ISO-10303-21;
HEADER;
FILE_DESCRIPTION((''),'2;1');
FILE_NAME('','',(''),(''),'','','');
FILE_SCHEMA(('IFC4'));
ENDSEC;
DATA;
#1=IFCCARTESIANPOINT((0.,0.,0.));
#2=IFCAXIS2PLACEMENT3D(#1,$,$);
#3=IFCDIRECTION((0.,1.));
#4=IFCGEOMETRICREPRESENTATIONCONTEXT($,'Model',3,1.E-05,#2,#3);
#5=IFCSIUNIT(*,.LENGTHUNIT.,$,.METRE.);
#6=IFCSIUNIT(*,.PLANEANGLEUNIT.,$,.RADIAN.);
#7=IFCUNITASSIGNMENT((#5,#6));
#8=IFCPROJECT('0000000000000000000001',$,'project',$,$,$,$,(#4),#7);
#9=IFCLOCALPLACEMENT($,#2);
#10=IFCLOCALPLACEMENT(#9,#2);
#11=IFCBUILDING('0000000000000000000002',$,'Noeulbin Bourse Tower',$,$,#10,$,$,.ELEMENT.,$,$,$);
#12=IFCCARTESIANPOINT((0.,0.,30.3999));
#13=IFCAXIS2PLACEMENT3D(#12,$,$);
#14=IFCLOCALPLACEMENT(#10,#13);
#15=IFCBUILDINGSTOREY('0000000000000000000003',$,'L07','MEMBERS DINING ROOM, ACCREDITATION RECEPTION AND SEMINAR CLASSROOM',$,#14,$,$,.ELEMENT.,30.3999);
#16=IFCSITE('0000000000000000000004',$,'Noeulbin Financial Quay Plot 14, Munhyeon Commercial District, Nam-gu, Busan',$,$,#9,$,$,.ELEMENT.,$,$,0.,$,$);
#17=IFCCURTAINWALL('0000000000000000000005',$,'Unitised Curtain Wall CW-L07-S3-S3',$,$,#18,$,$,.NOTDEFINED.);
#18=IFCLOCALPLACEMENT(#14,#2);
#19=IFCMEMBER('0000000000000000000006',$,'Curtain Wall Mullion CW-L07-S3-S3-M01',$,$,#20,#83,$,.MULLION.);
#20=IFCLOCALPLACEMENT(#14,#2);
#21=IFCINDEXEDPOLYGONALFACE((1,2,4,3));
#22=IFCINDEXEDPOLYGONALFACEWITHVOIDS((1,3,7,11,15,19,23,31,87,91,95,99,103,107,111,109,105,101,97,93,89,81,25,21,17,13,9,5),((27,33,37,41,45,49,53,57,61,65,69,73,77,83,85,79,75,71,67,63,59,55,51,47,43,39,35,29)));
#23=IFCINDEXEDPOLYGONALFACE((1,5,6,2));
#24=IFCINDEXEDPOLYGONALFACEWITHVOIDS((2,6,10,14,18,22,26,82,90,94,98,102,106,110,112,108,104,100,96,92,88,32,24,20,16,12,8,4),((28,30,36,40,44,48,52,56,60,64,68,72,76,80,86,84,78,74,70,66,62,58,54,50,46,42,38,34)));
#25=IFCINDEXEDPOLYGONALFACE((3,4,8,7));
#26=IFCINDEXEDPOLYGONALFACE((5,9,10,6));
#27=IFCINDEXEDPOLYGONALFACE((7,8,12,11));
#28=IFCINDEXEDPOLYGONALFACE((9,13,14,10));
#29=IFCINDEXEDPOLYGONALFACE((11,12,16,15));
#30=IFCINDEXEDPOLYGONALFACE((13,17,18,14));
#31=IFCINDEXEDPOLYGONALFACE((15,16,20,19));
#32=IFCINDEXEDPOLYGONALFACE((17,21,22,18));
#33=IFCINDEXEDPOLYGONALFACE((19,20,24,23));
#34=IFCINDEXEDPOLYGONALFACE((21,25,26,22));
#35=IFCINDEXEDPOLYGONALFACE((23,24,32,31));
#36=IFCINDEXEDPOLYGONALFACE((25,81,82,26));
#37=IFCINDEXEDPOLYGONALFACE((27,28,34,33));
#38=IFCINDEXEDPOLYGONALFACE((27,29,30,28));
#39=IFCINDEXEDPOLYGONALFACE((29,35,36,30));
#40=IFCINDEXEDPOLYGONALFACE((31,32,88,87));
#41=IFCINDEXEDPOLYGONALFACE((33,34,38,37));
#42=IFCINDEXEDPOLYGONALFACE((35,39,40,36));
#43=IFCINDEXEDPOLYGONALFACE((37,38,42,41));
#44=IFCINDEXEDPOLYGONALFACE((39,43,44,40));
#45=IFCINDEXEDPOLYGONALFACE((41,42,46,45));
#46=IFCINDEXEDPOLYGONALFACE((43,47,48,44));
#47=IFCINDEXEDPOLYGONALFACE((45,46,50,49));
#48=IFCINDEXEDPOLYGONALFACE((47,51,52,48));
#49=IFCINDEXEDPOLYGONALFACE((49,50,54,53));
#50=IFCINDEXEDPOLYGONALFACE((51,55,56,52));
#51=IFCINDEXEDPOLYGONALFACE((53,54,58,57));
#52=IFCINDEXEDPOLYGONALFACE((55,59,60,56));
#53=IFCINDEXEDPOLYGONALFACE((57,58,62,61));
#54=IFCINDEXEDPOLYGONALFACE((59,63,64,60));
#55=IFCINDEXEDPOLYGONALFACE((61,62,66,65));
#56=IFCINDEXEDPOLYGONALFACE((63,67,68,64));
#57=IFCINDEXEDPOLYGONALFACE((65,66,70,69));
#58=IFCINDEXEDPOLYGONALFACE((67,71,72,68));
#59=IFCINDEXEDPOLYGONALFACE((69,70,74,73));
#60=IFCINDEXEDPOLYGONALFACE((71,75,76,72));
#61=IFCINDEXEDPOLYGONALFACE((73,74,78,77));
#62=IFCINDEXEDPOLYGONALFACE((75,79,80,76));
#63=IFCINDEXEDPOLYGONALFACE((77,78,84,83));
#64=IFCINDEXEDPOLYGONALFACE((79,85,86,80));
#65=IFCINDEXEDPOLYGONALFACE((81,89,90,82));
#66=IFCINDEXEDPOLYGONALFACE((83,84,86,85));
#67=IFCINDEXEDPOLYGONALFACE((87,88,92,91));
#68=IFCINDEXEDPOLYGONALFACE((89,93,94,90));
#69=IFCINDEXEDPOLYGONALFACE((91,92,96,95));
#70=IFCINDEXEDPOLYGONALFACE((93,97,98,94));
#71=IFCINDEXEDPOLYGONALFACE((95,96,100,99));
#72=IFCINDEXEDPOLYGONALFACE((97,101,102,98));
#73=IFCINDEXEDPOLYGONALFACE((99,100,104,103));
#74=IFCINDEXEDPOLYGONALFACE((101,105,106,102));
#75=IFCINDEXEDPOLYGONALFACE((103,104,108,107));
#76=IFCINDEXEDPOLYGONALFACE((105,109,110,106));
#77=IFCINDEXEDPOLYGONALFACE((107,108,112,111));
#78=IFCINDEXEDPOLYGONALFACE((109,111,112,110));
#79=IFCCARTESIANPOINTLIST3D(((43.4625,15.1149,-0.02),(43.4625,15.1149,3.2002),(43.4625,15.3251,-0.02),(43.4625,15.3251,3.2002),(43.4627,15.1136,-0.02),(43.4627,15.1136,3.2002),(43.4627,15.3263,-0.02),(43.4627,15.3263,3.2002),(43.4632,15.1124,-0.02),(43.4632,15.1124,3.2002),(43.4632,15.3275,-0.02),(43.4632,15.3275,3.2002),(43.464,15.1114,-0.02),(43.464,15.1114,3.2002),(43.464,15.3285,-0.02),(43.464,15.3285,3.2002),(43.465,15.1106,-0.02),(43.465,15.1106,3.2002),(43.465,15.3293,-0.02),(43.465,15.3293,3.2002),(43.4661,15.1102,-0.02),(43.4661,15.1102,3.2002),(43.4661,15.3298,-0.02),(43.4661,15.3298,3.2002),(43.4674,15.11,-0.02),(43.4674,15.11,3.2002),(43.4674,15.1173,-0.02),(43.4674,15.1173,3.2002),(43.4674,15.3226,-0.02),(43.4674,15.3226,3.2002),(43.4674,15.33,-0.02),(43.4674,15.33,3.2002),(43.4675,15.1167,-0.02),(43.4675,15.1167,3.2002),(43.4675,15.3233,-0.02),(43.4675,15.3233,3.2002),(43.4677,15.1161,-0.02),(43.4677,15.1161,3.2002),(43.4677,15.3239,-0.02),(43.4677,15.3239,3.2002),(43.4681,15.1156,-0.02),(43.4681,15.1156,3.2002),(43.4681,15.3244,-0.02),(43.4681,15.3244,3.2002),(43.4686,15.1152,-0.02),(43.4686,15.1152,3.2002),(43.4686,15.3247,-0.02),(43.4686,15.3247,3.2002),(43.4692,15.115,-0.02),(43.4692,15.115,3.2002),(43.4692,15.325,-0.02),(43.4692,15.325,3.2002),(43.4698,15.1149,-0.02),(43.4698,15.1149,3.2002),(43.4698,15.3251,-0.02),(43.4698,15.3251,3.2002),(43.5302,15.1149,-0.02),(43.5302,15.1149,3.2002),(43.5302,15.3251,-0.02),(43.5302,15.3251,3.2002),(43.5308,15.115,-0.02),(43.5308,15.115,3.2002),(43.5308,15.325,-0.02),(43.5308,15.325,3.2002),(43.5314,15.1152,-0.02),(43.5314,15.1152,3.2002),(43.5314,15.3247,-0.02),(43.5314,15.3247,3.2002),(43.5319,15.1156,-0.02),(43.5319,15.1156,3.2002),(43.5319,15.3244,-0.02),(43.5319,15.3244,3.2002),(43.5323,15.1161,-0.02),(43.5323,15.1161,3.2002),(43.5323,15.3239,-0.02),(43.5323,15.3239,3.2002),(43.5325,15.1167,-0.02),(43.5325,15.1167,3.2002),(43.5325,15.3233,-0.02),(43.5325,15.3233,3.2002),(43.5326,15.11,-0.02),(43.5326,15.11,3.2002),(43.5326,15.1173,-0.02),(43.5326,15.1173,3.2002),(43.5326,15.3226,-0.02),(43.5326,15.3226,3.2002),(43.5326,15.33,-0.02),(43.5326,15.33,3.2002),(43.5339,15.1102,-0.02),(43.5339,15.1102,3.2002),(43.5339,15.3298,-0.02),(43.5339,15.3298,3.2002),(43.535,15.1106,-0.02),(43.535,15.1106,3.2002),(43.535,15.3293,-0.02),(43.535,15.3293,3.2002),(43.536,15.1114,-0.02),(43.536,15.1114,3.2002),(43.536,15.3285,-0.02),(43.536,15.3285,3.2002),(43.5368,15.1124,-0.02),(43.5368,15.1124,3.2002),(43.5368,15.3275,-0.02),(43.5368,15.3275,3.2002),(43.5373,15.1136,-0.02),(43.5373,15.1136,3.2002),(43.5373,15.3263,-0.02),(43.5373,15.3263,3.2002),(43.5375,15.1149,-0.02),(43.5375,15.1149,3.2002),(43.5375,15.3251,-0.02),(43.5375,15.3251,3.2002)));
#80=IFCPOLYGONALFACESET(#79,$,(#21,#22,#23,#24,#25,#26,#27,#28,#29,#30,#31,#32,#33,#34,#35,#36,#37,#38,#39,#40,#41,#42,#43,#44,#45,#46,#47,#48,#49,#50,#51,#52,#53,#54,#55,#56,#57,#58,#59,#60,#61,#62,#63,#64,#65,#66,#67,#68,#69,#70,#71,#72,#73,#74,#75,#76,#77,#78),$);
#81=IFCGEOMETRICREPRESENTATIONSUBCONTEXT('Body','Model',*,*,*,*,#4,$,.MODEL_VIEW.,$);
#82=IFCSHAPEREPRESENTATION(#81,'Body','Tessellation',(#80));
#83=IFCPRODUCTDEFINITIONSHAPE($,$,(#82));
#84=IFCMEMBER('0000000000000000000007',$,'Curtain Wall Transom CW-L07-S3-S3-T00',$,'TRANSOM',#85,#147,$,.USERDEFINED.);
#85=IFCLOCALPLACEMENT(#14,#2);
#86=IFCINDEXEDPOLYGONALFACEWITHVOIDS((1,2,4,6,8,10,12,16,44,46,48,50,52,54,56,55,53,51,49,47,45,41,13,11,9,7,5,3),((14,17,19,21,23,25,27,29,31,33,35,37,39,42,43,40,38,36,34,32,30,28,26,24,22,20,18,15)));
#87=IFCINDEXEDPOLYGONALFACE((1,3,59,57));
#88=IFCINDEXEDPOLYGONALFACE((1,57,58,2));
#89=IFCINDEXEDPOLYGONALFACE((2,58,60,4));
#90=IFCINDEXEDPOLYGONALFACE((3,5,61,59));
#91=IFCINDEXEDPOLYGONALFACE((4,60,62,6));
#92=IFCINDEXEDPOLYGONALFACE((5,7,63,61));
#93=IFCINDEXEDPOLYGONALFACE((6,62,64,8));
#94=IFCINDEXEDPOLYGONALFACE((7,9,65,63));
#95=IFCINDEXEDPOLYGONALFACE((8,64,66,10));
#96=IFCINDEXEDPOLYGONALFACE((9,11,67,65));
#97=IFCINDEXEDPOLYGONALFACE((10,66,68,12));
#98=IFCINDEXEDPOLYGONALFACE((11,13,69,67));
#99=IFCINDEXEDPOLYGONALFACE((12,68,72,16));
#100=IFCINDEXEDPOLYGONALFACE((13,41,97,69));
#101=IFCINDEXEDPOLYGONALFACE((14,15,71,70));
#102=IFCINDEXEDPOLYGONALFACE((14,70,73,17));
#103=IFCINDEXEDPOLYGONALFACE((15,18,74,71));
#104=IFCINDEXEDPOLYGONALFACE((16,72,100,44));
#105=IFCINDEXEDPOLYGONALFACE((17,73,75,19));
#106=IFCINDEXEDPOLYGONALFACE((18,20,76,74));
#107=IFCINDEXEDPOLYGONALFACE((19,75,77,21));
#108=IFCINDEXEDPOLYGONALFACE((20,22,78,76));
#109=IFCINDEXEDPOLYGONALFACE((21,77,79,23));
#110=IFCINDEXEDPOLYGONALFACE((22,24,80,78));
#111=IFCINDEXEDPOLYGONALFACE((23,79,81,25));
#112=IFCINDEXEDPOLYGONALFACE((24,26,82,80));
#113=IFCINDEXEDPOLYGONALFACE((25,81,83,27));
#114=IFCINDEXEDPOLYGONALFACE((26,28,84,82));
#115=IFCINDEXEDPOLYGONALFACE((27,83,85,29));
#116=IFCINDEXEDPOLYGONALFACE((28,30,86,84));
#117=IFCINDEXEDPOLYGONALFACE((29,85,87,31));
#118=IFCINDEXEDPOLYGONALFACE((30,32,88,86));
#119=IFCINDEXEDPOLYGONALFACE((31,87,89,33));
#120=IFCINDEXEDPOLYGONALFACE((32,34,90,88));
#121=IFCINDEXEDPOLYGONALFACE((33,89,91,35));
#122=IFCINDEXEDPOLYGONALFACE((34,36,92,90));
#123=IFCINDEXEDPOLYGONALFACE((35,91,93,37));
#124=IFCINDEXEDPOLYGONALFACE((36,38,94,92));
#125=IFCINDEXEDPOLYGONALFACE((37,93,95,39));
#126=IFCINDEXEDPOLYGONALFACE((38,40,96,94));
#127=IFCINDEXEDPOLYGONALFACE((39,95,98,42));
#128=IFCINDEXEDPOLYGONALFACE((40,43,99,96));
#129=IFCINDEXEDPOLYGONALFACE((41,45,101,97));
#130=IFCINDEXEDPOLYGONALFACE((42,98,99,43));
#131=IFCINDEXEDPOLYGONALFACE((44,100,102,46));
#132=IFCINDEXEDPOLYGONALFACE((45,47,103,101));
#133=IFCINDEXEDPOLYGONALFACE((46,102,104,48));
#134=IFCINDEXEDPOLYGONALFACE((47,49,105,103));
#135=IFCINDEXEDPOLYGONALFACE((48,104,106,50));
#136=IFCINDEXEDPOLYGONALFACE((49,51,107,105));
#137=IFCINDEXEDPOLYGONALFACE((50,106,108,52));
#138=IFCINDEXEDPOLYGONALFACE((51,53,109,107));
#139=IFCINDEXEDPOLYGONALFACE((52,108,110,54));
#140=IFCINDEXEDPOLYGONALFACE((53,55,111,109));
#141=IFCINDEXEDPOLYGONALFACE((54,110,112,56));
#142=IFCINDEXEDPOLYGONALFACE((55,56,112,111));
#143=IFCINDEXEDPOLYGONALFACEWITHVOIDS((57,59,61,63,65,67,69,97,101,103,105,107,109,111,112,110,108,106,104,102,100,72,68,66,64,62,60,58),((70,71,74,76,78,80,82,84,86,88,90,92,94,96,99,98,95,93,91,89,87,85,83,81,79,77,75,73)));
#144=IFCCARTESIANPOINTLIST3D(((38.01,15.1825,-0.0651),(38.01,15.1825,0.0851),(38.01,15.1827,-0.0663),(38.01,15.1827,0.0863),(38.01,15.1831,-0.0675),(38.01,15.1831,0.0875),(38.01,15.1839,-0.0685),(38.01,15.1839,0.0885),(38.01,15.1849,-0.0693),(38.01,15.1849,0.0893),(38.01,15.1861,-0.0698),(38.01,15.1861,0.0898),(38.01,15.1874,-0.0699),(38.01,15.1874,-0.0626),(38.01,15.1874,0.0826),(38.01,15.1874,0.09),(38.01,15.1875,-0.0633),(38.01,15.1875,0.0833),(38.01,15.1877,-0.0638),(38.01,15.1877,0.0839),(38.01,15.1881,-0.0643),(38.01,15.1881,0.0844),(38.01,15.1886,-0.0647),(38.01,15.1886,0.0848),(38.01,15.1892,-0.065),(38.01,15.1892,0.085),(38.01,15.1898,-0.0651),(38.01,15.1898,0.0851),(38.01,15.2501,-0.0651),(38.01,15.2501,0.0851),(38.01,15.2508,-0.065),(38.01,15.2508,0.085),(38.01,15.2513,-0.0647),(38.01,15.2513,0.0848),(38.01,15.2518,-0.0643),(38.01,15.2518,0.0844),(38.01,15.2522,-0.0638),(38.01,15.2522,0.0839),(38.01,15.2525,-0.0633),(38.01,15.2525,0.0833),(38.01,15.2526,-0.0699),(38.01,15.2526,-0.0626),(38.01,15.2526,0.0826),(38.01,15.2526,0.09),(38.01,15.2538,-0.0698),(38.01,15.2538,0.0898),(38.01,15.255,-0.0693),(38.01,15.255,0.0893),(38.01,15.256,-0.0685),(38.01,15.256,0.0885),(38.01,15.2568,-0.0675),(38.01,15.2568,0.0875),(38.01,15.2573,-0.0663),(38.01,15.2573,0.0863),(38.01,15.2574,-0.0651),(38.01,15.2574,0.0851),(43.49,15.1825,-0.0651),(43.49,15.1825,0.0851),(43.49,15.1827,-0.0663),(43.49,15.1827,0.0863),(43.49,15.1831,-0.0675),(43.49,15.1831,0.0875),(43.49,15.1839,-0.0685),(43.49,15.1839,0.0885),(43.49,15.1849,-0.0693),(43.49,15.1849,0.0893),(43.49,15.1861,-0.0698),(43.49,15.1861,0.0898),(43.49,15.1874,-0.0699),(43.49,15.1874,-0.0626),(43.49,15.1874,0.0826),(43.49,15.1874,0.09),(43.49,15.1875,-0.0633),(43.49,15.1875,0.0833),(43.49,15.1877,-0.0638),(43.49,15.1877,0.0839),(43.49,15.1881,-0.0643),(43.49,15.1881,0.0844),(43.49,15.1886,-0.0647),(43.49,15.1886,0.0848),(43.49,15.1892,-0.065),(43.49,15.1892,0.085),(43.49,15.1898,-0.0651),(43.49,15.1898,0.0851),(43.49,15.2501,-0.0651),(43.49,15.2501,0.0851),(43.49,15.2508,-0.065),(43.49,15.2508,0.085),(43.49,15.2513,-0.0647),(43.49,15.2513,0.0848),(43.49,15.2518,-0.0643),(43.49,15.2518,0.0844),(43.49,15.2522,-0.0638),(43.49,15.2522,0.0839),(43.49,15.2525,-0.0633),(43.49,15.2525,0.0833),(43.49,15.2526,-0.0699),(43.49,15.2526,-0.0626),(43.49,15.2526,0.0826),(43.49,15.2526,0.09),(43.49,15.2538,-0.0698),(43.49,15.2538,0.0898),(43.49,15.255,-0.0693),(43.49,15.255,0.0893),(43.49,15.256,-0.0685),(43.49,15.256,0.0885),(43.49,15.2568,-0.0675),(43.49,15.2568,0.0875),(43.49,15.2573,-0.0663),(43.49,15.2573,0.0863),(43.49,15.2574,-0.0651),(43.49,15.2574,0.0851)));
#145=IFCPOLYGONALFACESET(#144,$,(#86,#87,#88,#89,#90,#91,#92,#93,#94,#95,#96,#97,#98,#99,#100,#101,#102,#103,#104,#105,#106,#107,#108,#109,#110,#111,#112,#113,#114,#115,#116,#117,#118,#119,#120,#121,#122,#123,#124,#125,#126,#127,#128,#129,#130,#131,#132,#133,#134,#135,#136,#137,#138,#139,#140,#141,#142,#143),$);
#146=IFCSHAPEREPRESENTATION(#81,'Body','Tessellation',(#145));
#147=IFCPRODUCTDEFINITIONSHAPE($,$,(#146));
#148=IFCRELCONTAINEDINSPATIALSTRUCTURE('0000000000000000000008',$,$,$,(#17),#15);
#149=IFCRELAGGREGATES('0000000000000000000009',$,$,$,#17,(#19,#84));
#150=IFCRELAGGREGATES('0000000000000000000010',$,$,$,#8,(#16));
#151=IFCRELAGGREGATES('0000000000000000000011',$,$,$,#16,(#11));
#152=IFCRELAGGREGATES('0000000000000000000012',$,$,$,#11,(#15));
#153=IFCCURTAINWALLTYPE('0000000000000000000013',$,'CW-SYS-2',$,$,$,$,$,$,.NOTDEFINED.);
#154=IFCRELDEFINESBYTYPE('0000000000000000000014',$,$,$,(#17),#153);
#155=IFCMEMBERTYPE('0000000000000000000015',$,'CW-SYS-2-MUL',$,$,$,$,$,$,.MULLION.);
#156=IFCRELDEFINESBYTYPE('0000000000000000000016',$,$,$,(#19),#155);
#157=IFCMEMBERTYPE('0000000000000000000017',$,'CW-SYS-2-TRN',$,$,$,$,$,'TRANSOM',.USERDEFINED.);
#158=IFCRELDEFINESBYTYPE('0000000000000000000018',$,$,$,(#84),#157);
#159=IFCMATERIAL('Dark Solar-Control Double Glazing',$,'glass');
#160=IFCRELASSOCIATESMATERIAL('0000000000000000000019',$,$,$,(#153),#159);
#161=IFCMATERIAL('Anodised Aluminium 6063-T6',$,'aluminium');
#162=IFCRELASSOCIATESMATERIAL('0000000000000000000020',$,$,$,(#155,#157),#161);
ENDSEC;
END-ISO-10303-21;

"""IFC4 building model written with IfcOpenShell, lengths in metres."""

from ifc_helpers import new_model, si_unit, direction, frame, origin, origin_2d, place, context, subcontext, project, spatial, hollow_rectangle, extrude, material, material_profile, profile_set, type_object, element, aggregate, save


model = new_model("IFC4")

# Units and contexts
model_context = context("Model", 3, precision=1e-05, world=origin(), true_north=direction((0.0, 1.0)))
body_context = subcontext(model_context, "Body", "Model", "MODEL_VIEW")
ifc_project = project(units=[si_unit("LENGTHUNIT", "METRE"), si_unit("PLANEANGLEUNIT", "RADIAN")], contexts=[model_context])

# Site, building, storey
site_placement = place(None, origin())
site = spatial("IfcSite", under=ifc_project, at=site_placement, Name="Noeulbin Financial Quay Plot 14, Munhyeon Commercial District, Nam-gu, Busan", CompositionType="ELEMENT", RefElevation=0.0)
building_placement = place(site_placement, origin())
building = spatial("IfcBuilding", under=site, at=building_placement, Name="Noeulbin Bourse Tower", CompositionType="ELEMENT")
storey_placement = place(building_placement, frame((0.0, 0.0, 30.3999)))
storey = spatial("IfcBuildingStorey", under=building, at=storey_placement, Name="L07", Description="MEMBERS DINING ROOM, ACCREDITATION RECEPTION AND SEMINAR CLASSROOM", CompositionType="ELEMENT", Elevation=30.3999)

# Curtain wall, members
ifc_material_1 = material(Name="Dark Solar-Control Double Glazing", Category="glass")
curtain_wall_type = type_object("IfcCurtainWallType", Name="CW-SYS-2", PredefinedType="NOTDEFINED", material=ifc_material_1)
curtain_wall_placement = place(storey_placement, origin())
curtain_wall = element("IfcCurtainWall", 1, at=curtain_wall_placement, inside=storey, type_object=curtain_wall_type, Name="Unitised Curtain Wall CW-L07-S3-S3", PredefinedType="NOTDEFINED")
ifc_material_2 = material(Name="Anodised Aluminium 6063-T6", Category="aluminium")
ifc_material_profile_1 = material_profile(ifc_material_2, hollow_rectangle(XDim=0.075, YDim=0.22, WallThickness=0.0049, InnerFilletRadius=0.0024, OuterFilletRadius=0.0049, at=origin_2d()), Name="ALU-MULL-75x220x5", Category="LoadBearing")
ifc_profile_set_1 = profile_set([ifc_material_profile_1], Name="Anodised Aluminium 6063-T6")
member_type_1 = type_object("IfcMemberType", Name="CW-SYS-2-MUL", PredefinedType="MULLION", material=ifc_profile_set_1)
member_1_placement = place(storey_placement, frame((43.5, 15.22, -0.02), z_axis=(0.0, 0.0, 1.0), x_axis=(1.0, 0.0, 0.0)))
member_1 = element("IfcMember", 2, at=member_1_placement, type_object=member_type_1, Name="Curtain Wall Mullion CW-L07-S3-S3-M01", PredefinedType="MULLION", context=body_context, shape_type="SweptSolid", body=[
    extrude(hollow_rectangle(XDim=0.075, YDim=0.22, WallThickness=0.0049, InnerFilletRadius=0.0024, OuterFilletRadius=0.0049, at=origin_2d()), origin(), (0.0, 0.0, 1.0), 3.2202),
])
ifc_material_profile_2 = material_profile(ifc_material_2, hollow_rectangle(XDim=0.075, YDim=0.1599, WallThickness=0.0049, InnerFilletRadius=0.0024, OuterFilletRadius=0.0049, at=origin_2d()), Name="ALU-TRAN-75x160x5", Category="LoadBearing")
ifc_profile_set_2 = profile_set([ifc_material_profile_2], Name="Anodised Aluminium 6063-T6")
member_type_2 = type_object("IfcMemberType", Name="CW-SYS-2-TRN", ElementType="TRANSOM", PredefinedType="USERDEFINED", material=ifc_profile_set_2)
member_2_placement = place(storey_placement, frame((38.01, 15.22, 0.01), z_axis=(1.0, 0.0, 0.0), x_axis=(0.0, 1.0, 0.0)))
member_2 = element("IfcMember", 3, at=member_2_placement, type_object=member_type_2, Name="Curtain Wall Transom CW-L07-S3-S3-T00", ObjectType="TRANSOM", PredefinedType="USERDEFINED", context=body_context, shape_type="SweptSolid", body=[
    extrude(hollow_rectangle(XDim=0.075, YDim=0.1599, WallThickness=0.0049, InnerFilletRadius=0.0024, OuterFilletRadius=0.0049, at=origin_2d()), origin(), (0.0, 0.0, 1.0), 5.48),
])
aggregate(curtain_wall, [member_1, member_2])

save(model, "model.ifc")
